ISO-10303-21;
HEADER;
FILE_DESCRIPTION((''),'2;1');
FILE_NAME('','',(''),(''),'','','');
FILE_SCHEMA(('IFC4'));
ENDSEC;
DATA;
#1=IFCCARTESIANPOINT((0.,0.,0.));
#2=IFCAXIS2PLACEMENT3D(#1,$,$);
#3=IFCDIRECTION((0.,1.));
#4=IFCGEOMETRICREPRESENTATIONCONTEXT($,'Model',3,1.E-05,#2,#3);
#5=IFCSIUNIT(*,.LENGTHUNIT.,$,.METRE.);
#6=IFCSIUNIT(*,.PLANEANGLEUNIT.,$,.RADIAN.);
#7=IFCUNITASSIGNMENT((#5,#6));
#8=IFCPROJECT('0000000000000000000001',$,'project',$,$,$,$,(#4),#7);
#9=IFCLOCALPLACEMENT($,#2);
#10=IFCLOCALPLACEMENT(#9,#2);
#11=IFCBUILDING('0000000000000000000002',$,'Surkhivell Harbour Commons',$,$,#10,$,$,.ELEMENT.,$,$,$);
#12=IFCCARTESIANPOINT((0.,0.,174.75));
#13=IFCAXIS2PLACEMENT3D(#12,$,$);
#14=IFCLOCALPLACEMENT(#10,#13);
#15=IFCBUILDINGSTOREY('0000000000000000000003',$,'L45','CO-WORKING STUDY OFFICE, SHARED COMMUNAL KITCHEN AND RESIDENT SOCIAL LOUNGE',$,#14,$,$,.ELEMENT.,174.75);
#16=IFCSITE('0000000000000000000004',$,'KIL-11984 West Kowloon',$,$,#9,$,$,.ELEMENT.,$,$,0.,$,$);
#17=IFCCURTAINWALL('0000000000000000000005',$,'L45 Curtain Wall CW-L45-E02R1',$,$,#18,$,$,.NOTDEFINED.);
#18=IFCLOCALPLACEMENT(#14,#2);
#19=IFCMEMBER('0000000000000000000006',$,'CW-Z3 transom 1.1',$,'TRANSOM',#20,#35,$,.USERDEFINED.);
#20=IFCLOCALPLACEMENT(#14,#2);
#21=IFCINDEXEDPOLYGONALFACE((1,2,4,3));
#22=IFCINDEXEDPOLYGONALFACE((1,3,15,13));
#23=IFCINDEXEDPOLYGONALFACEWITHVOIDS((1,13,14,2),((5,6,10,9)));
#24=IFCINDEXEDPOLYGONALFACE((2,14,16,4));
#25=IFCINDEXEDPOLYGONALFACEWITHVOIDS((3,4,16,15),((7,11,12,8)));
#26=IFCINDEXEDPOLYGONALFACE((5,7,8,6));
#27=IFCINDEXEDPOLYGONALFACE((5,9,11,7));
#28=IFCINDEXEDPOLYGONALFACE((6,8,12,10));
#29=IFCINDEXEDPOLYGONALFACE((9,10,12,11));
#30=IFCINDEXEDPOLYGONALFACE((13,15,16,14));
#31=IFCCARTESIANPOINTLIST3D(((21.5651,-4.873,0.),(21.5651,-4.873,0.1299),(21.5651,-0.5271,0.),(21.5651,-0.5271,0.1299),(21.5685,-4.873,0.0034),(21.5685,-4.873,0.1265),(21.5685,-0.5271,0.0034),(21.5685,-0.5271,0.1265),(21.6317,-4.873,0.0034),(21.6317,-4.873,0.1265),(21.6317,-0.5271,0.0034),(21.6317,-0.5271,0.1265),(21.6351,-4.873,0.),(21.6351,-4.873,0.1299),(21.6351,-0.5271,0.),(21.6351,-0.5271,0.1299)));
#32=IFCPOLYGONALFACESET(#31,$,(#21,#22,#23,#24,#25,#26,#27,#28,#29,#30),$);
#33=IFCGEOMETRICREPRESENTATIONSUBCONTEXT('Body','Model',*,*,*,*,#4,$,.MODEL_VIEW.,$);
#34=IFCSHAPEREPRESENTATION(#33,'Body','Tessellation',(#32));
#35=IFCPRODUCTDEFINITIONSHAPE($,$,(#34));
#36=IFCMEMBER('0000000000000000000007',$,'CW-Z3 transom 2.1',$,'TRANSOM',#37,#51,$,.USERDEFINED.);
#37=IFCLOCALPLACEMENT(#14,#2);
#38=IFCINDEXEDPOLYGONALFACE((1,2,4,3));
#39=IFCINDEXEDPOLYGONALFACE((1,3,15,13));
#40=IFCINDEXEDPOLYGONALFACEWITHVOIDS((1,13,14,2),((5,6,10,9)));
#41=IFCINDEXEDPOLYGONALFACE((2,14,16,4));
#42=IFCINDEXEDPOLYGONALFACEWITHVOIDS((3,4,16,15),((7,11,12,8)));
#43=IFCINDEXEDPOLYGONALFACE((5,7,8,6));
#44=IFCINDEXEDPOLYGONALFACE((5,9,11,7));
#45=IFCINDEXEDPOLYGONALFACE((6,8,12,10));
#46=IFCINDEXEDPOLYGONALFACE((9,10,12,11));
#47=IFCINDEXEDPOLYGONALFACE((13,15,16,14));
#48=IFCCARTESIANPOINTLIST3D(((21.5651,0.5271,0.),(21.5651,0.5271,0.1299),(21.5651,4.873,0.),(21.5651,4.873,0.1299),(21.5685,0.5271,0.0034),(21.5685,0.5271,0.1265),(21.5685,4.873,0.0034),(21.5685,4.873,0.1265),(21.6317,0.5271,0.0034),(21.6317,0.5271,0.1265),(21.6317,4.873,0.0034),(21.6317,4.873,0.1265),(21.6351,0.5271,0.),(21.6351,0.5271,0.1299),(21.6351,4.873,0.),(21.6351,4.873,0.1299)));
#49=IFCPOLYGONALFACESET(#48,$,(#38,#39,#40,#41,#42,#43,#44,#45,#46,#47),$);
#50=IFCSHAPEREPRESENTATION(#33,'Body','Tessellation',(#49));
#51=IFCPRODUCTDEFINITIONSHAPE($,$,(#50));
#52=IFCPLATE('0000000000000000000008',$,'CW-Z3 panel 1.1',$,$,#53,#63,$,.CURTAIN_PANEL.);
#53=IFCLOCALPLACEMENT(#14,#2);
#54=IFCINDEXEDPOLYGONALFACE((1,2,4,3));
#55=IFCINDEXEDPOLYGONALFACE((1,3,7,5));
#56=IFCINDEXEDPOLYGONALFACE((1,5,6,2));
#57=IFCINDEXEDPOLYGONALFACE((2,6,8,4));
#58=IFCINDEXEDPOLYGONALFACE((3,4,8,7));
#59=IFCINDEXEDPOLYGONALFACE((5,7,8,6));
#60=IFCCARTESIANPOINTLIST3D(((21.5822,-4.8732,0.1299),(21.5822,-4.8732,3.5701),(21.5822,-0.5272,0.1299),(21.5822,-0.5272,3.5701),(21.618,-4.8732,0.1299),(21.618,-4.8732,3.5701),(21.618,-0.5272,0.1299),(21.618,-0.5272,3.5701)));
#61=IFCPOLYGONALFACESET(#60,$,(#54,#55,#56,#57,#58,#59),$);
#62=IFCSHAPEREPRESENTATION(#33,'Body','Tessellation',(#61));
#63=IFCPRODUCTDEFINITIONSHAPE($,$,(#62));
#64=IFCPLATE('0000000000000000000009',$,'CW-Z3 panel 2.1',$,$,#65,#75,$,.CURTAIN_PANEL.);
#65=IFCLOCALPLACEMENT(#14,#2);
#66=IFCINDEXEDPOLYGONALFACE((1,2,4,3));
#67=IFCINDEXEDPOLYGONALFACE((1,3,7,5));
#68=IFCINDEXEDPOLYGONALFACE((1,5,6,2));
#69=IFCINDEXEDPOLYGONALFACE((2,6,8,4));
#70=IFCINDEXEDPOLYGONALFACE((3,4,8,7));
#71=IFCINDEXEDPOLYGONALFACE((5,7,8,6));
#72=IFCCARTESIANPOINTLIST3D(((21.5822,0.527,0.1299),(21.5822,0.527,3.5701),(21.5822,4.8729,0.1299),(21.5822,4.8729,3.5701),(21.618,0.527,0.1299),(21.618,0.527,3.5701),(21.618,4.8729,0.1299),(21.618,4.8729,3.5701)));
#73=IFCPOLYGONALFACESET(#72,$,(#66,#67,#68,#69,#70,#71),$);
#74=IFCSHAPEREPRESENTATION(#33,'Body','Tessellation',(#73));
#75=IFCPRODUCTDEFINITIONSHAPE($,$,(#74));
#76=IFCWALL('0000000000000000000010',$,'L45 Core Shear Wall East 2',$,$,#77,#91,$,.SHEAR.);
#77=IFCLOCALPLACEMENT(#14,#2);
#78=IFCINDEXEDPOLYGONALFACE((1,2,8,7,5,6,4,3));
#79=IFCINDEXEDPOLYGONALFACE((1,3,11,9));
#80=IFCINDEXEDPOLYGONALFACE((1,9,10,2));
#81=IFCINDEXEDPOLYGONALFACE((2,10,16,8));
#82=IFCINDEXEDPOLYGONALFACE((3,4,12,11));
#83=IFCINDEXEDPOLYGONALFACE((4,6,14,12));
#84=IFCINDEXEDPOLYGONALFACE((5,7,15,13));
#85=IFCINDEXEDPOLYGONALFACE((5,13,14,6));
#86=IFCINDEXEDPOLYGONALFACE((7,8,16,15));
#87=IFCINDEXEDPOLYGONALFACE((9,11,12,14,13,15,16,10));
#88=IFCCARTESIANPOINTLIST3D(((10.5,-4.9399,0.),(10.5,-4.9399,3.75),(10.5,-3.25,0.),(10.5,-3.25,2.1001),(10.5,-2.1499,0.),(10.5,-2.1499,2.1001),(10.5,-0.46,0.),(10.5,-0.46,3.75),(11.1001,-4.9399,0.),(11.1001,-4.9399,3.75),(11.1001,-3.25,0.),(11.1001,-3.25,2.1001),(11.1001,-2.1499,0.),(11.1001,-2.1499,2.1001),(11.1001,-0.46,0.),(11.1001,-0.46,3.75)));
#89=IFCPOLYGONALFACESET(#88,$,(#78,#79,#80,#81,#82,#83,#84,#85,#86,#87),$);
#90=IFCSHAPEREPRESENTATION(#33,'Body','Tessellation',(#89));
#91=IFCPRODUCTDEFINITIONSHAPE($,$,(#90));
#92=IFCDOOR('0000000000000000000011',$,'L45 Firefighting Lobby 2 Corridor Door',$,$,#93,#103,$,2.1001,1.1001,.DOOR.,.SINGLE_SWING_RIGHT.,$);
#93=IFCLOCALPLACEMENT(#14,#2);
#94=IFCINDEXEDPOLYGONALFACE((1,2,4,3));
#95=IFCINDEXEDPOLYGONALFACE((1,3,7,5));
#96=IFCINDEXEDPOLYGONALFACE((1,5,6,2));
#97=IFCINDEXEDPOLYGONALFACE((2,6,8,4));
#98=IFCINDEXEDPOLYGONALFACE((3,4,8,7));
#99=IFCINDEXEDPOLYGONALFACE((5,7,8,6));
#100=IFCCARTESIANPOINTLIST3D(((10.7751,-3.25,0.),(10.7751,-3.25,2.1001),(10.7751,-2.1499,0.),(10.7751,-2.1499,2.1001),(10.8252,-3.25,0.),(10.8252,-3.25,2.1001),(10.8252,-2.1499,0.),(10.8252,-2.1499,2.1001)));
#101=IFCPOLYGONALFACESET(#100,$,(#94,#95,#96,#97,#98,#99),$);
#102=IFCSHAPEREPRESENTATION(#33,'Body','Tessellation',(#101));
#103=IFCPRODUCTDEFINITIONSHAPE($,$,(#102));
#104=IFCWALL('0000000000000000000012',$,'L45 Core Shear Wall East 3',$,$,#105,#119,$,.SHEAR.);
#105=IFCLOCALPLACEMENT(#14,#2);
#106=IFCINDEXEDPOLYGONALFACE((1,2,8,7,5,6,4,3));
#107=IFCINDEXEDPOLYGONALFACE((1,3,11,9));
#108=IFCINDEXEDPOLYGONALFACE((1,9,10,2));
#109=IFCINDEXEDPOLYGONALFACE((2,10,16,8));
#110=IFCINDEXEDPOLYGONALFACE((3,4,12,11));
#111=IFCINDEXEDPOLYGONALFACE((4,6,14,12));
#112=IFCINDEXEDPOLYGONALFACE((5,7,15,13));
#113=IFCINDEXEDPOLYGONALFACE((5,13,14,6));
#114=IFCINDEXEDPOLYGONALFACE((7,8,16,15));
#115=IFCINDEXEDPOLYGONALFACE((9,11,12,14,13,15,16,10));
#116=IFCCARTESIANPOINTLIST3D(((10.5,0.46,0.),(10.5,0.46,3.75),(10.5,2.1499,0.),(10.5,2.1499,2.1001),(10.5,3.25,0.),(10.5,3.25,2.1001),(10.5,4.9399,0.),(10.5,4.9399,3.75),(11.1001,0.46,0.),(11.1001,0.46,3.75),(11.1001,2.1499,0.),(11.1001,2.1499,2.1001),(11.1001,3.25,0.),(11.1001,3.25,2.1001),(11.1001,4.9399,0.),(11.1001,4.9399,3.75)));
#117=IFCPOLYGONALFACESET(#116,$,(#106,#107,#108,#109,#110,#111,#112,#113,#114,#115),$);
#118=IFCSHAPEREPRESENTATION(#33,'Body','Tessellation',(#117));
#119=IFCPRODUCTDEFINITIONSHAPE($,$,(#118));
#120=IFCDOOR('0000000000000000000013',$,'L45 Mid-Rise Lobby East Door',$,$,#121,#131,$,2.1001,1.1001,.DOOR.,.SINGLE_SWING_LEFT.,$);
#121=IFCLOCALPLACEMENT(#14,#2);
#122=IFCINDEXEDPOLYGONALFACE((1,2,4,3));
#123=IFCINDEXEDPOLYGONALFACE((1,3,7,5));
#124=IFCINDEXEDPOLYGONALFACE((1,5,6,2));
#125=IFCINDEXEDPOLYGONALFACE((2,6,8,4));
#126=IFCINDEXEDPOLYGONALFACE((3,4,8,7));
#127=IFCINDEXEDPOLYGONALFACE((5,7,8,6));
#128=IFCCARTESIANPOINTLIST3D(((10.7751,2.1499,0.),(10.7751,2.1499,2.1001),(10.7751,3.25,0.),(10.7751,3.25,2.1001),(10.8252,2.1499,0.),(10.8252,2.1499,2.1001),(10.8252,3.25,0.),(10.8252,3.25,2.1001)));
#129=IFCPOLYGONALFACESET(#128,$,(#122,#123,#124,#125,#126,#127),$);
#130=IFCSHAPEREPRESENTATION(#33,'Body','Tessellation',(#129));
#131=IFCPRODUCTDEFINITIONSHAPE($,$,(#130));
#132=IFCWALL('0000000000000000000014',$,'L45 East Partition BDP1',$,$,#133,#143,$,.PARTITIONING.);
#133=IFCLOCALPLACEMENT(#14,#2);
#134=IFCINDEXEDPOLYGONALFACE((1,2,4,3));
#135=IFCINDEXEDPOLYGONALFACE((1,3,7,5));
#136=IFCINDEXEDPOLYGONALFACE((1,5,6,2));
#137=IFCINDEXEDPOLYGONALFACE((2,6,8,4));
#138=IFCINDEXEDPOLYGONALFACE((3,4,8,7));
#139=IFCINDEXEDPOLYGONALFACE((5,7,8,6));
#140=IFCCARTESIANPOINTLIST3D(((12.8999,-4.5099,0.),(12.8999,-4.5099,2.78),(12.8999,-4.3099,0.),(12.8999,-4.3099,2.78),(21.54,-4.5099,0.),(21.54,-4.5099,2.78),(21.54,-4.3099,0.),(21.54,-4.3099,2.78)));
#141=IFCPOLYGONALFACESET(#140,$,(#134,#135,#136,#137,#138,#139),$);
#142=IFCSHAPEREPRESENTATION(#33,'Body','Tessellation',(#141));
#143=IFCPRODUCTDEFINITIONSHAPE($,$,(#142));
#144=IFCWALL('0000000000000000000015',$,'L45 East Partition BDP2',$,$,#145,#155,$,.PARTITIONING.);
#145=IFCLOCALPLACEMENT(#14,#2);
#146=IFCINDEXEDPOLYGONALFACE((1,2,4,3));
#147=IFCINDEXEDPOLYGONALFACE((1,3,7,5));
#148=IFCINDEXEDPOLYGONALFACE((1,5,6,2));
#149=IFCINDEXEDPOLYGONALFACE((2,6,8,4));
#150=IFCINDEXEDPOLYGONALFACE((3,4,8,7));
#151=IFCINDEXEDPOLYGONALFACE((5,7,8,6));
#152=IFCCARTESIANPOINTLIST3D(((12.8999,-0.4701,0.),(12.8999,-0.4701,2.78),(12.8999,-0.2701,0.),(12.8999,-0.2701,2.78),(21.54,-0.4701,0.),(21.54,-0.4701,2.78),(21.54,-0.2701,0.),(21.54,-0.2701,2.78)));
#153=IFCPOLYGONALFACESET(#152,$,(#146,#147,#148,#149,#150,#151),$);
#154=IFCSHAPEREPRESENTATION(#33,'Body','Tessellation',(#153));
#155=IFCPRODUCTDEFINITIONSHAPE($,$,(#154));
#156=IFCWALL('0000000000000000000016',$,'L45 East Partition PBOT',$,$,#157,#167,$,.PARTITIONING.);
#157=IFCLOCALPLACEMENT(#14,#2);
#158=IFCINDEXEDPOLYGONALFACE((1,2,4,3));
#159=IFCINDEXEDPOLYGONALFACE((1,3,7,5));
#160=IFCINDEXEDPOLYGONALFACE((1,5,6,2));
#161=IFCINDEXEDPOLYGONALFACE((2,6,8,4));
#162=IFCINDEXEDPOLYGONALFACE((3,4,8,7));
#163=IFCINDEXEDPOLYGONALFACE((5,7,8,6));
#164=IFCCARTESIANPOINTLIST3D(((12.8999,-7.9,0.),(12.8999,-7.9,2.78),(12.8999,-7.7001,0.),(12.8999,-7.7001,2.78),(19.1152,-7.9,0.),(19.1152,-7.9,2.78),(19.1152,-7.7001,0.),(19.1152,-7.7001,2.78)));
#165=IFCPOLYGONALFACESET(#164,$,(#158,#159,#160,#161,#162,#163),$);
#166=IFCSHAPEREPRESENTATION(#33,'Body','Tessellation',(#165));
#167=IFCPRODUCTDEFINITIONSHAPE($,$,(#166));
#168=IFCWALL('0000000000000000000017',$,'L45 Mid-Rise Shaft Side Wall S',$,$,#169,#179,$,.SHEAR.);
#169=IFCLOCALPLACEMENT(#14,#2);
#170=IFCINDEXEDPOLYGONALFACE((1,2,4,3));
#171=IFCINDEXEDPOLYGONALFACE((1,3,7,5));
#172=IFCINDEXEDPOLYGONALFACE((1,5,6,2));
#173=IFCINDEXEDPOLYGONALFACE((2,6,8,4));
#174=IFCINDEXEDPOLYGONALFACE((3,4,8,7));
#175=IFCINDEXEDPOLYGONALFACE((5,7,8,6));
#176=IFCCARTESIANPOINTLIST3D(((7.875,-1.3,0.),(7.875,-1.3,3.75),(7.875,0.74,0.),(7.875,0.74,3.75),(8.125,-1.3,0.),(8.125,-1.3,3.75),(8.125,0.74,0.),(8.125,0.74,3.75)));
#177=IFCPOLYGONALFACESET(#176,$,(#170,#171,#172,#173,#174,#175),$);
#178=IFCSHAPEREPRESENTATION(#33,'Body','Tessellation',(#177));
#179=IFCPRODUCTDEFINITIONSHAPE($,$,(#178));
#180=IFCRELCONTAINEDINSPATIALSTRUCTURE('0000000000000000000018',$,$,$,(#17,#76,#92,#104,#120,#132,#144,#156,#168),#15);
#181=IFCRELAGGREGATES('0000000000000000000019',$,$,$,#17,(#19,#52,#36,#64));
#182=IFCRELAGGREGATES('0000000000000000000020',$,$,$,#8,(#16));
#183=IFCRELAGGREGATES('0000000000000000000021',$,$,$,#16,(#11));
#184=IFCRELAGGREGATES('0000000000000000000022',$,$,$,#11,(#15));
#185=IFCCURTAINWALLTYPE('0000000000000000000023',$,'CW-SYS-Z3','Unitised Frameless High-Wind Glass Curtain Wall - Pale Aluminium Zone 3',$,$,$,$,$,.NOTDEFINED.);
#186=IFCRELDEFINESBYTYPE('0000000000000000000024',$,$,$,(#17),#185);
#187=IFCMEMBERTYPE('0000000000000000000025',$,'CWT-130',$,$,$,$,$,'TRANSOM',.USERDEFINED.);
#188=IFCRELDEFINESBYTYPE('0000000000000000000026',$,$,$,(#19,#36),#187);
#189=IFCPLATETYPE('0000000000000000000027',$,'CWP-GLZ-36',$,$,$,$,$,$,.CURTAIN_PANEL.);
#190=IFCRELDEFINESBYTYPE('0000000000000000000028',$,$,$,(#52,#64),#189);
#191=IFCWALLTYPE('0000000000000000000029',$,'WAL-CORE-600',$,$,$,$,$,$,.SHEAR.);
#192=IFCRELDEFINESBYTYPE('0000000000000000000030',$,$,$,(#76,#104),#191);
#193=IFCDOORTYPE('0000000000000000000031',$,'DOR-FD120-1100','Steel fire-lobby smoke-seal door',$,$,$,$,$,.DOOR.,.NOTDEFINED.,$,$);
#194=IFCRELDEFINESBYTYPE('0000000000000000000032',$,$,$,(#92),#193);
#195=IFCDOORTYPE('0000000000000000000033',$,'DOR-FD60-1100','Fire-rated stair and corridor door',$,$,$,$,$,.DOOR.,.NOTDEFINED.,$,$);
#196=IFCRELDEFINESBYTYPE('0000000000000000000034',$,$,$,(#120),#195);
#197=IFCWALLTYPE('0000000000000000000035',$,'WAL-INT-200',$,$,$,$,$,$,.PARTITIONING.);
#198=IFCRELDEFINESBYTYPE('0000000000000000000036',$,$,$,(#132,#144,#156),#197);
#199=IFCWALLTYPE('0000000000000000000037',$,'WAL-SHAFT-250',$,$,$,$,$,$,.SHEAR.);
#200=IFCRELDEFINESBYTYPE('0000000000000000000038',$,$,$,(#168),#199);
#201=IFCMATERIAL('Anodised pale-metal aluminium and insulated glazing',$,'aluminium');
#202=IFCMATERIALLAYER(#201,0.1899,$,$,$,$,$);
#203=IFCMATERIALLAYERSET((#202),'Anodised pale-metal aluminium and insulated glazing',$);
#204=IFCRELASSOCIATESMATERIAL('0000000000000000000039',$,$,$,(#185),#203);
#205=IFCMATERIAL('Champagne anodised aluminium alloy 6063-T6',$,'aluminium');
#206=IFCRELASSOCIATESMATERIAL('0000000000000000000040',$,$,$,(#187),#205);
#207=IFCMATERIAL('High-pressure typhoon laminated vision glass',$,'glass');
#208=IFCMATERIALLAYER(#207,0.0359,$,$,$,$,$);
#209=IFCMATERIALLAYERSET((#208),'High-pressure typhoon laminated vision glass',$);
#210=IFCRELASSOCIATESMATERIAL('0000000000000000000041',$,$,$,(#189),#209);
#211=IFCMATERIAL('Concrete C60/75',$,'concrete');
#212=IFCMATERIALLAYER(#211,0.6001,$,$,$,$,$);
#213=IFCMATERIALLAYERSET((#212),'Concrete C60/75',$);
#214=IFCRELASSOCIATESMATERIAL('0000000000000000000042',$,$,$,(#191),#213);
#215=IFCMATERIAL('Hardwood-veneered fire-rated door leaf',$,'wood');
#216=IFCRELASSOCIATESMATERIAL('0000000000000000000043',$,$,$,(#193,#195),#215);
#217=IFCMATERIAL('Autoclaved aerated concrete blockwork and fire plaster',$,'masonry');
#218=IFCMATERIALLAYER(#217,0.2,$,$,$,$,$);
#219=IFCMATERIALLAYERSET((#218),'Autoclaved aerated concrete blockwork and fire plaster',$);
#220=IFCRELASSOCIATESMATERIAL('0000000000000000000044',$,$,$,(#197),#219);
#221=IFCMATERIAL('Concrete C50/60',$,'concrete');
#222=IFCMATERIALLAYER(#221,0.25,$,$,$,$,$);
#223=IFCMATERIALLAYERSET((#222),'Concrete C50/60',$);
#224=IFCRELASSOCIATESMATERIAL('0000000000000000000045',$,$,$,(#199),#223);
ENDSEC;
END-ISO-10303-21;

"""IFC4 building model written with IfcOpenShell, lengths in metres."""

from ifc_helpers import new_model, si_unit, direction, frame, frame_2d, origin, origin_2d, place, context, subcontext, project, spatial, rectangle, hollow_rectangle, extrude, material, layer, layer_set, material_profile, profile_set, type_object, element, fill, aggregate, save


model = new_model("IFC4")

# Units and contexts
model_context = context("Model", 3, precision=1e-05, world=origin(), true_north=direction((0.0, 1.0)))
body_context = subcontext(model_context, "Body", "Model", "MODEL_VIEW")
ifc_project = project(units=[si_unit("LENGTHUNIT", "METRE"), si_unit("PLANEANGLEUNIT", "RADIAN")], contexts=[model_context])

# Site, building, storey
site_placement = place(None, origin())
site = spatial("IfcSite", under=ifc_project, at=site_placement, Name="KIL-11984 West Kowloon", CompositionType="ELEMENT", RefElevation=0.0)
building_placement = place(site_placement, origin())
building = spatial("IfcBuilding", under=site, at=building_placement, Name="Surkhivell Harbour Commons", CompositionType="ELEMENT")
storey_placement = place(building_placement, frame((0.0, 0.0, 174.75)))
storey = spatial("IfcBuildingStorey", under=building, at=storey_placement, Name="L45", Description="CO-WORKING STUDY OFFICE, SHARED COMMUNAL KITCHEN AND RESIDENT SOCIAL LOUNGE", CompositionType="ELEMENT", Elevation=174.75)

# Shared definitions
ifc_material_1 = material(Name="Concrete C60/75", Category="concrete")

# Shared definitions
ifc_material_2 = material(Name="Anodised pale-metal aluminium and insulated glazing", Category="aluminium")
ifc_layer_1 = layer(ifc_material_2, 0.1899)
ifc_layer_set_1 = layer_set([ifc_layer_1], Name="Anodised pale-metal aluminium and insulated glazing")
curtain_wall_type = type_object("IfcCurtainWallType", Name="CW-SYS-Z3", Description="Unitised Frameless High-Wind Glass Curtain Wall - Pale Aluminium Zone 3", PredefinedType="NOTDEFINED", material=ifc_layer_set_1)

# Curtain wall, members, plates
curtain_wall_1_placement = place(storey_placement, origin())
curtain_wall_1 = element("IfcCurtainWall", 1, at=curtain_wall_1_placement, inside=storey, type_object=curtain_wall_type, Name="L45 Curtain Wall CW-L45-E02R1", PredefinedType="NOTDEFINED")
ifc_material_3 = material(Name="Champagne anodised aluminium alloy 6063-T6", Category="aluminium")
ifc_material_profile_1 = material_profile(ifc_material_3, hollow_rectangle(XDim=0.0701, YDim=0.1299, WallThickness=0.0034, at=origin_2d()), Name="ALU-TRAN-70x130")
ifc_profile_set_1 = profile_set([ifc_material_profile_1], Name="Champagne anodised aluminium alloy 6063-T6")
member_type_1 = type_object("IfcMemberType", Name="CWT-130", ElementType="TRANSOM", PredefinedType="USERDEFINED", material=ifc_profile_set_1)
member_1_placement = place(storey_placement, frame((21.6001, -4.873, 0.0649), z_axis=(0.0, 1.0, 0.0), x_axis=(-1.0, 0.0, 0.0)))
member_1 = element("IfcMember", 2, at=member_1_placement, type_object=member_type_1, Name="CW-Z3 transom 1.1", ObjectType="TRANSOM", PredefinedType="USERDEFINED", context=body_context, shape_type="SweptSolid", body=[
    extrude(hollow_rectangle(XDim=0.0701, YDim=0.1299, WallThickness=0.0034, at=origin_2d()), origin(), (0.0, 0.0, 1.0), 4.3459),
])
member_2_placement = place(storey_placement, frame((21.6001, 0.5271, 0.0649), z_axis=(0.0, 1.0, 0.0), x_axis=(-1.0, 0.0, 0.0)))
member_2 = element("IfcMember", 3, at=member_2_placement, type_object=member_type_1, Name="CW-Z3 transom 2.1", ObjectType="TRANSOM", PredefinedType="USERDEFINED", context=body_context, shape_type="SweptSolid", body=[
    extrude(hollow_rectangle(XDim=0.0701, YDim=0.1299, WallThickness=0.0034, at=origin_2d()), origin(), (0.0, 0.0, 1.0), 4.3459),
])
ifc_material_4 = material(Name="High-pressure typhoon laminated vision glass", Category="glass")
ifc_layer_2 = layer(ifc_material_4, 0.0359)
ifc_layer_set_2 = layer_set([ifc_layer_2], Name="High-pressure typhoon laminated vision glass")
plate_type = type_object("IfcPlateType", Name="CWP-GLZ-36", PredefinedType="CURTAIN_PANEL", material=ifc_layer_set_2)
plate_1_placement = place(storey_placement, frame((21.6001, -4.873, 0.1299), z_axis=(0.0, 0.0, 1.0), x_axis=(0.0, 1.0, 0.0)))
plate_1 = element("IfcPlate", 4, at=plate_1_placement, type_object=plate_type, Name="CW-Z3 panel 1.1", PredefinedType="CURTAIN_PANEL", context=body_context, shape_type="SweptSolid", body=[
    extrude(rectangle(XDim=4.3459, YDim=0.0359, at=frame_2d((2.1729, 0.0))), origin(), (0.0, 0.0, 1.0), 3.4402),
])
plate_2_placement = place(storey_placement, frame((21.6001, 0.5271, 0.1299), z_axis=(0.0, 0.0, 1.0), x_axis=(0.0, 1.0, 0.0)))
plate_2 = element("IfcPlate", 5, at=plate_2_placement, type_object=plate_type, Name="CW-Z3 panel 2.1", PredefinedType="CURTAIN_PANEL", context=body_context, shape_type="SweptSolid", body=[
    extrude(rectangle(XDim=4.3459, YDim=0.0359, at=frame_2d((2.1729, 0.0))), origin(), (0.0, 0.0, 1.0), 3.4402),
])
aggregate(curtain_wall_1, [member_1, plate_1, member_2, plate_2])

# Walls, openings, doors
ifc_layer_3 = layer(ifc_material_1, 0.6001)
ifc_layer_set_3 = layer_set([ifc_layer_3], Name="Concrete C60/75")
wall_type_1 = type_object("IfcWallType", Name="WAL-CORE-600", PredefinedType="SHEAR", material=ifc_layer_set_3)
wall_1_placement = place(storey_placement, frame((10.8, -4.9399, 0.0), z_axis=(0.0, 0.0, 1.0), x_axis=(0.0, 1.0, 0.0)))
wall_1 = element("IfcWall", 6, at=wall_1_placement, inside=storey, type_object=wall_type_1, Name="L45 Core Shear Wall East 2", PredefinedType="SHEAR", context=body_context, shape_type="SweptSolid", body=[
    extrude(rectangle(XDim=4.48, YDim=0.6001, at=frame_2d((2.24, 0.0))), origin(), (0.0, 0.0, 1.0), 3.75),
])
opening_1_placement = place(wall_1_placement, frame((1.6899, 0.0, 0.0)))
opening_1 = element("IfcOpeningElement", 7, at=opening_1_placement, cuts=wall_1, PredefinedType="OPENING", context=body_context, shape_type="SweptSolid", body=[
    extrude(rectangle(XDim=1.1001, YDim=2.1001, at=frame_2d((0.55, 1.05))), frame((0.0, 0.3101, 0.0), z_axis=(0.0, -1.0, 0.0), x_axis=(1.0, 0.0, 0.0)), (0.0, 0.0, 1.0), 0.6201),
])
ifc_material_5 = material(Name="Hardwood-veneered fire-rated door leaf", Category="wood")
door_type_1 = type_object("IfcDoorType", Name="DOR-FD120-1100", Description="Steel fire-lobby smoke-seal door", OperationType="NOTDEFINED", PredefinedType="DOOR", material=ifc_material_5)
door_1_placement = place(opening_1_placement, origin())
door_1 = element("IfcDoor", 8, at=door_1_placement, inside=storey, type_object=door_type_1, Name="L45 Firefighting Lobby 2 Corridor Door", OperationType="SINGLE_SWING_RIGHT", OverallHeight=2.1001, OverallWidth=1.1001, PredefinedType="DOOR", context=body_context, shape_type="SweptSolid", body=[
    extrude(rectangle(XDim=1.1001, YDim=2.1001, at=frame_2d((0.55, 1.05))), frame((0.0, 0.0249, 0.0), z_axis=(0.0, -1.0, 0.0), x_axis=(1.0, 0.0, 0.0)), (0.0, 0.0, 1.0), 0.05),
])
fill(opening_1, door_1)
wall_2_placement = place(storey_placement, frame((10.8, 0.46, 0.0), z_axis=(0.0, 0.0, 1.0), x_axis=(0.0, 1.0, 0.0)))
wall_2 = element("IfcWall", 9, at=wall_2_placement, inside=storey, type_object=wall_type_1, Name="L45 Core Shear Wall East 3", PredefinedType="SHEAR", context=body_context, shape_type="SweptSolid", body=[
    extrude(rectangle(XDim=4.48, YDim=0.6001, at=frame_2d((2.24, 0.0))), origin(), (0.0, 0.0, 1.0), 3.75),
])
opening_2_placement = place(wall_2_placement, frame((1.6899, 0.0, 0.0)))
opening_2 = element("IfcOpeningElement", 10, at=opening_2_placement, cuts=wall_2, PredefinedType="OPENING", context=body_context, shape_type="SweptSolid", body=[
    extrude(rectangle(XDim=1.1001, YDim=2.1001, at=frame_2d((0.55, 1.05))), frame((0.0, 0.3101, 0.0), z_axis=(0.0, -1.0, 0.0), x_axis=(1.0, 0.0, 0.0)), (0.0, 0.0, 1.0), 0.6201),
])
door_type_2 = type_object("IfcDoorType", Name="DOR-FD60-1100", Description="Fire-rated stair and corridor door", OperationType="NOTDEFINED", PredefinedType="DOOR", material=ifc_material_5)
door_2_placement = place(opening_2_placement, origin())
door_2 = element("IfcDoor", 11, at=door_2_placement, inside=storey, type_object=door_type_2, Name="L45 Mid-Rise Lobby East Door", OperationType="SINGLE_SWING_LEFT", OverallHeight=2.1001, OverallWidth=1.1001, PredefinedType="DOOR", context=body_context, shape_type="SweptSolid", body=[
    extrude(rectangle(XDim=1.1001, YDim=2.1001, at=frame_2d((0.55, 1.05))), frame((0.0, 0.0249, 0.0), z_axis=(0.0, -1.0, 0.0), x_axis=(1.0, 0.0, 0.0)), (0.0, 0.0, 1.0), 0.05),
])
fill(opening_2, door_2)

# Walls
ifc_material_6 = material(Name="Autoclaved aerated concrete blockwork and fire plaster", Category="masonry")
ifc_layer_4 = layer(ifc_material_6, 0.2)
ifc_layer_set_4 = layer_set([ifc_layer_4], Name="Autoclaved aerated concrete blockwork and fire plaster")
wall_type_2 = type_object("IfcWallType", Name="WAL-INT-200", PredefinedType="PARTITIONING", material=ifc_layer_set_4)
for number, where, z_axis, x_axis, name in (
    (12, (12.8999, -4.4099, 0.0), (0.0, 0.0, 1.0), (1.0, 0.0, 0.0), "L45 East Partition BDP1"),
    (13, (12.8999, -0.3701, 0.0), (0.0, 0.0, 1.0), (1.0, 0.0, 0.0), "L45 East Partition BDP2"),
):
    element("IfcWall", number, at=place(storey_placement, frame(where, z_axis=z_axis, x_axis=x_axis)), inside=storey, type_object=wall_type_2, Name=name, PredefinedType="PARTITIONING", context=body_context, shape_type="SweptSolid", body=[
        extrude(rectangle(XDim=8.6401, YDim=0.2, at=frame_2d((4.3201, 0.0))), origin(), (0.0, 0.0, 1.0), 2.78),
    ])
wall_3_placement = place(storey_placement, frame((12.8999, -7.8, 0.0), z_axis=(0.0, 0.0, 1.0), x_axis=(1.0, 0.0, 0.0)))
element("IfcWall", 14, at=wall_3_placement, inside=storey, type_object=wall_type_2, Name="L45 East Partition PBOT", PredefinedType="PARTITIONING", context=body_context, shape_type="SweptSolid", body=[
    extrude(rectangle(XDim=6.2153, YDim=0.2, at=frame_2d((3.1077, 0.0))), origin(), (0.0, 0.0, 1.0), 2.78),
])
ifc_material_7 = material(Name="Concrete C50/60", Category="concrete")
ifc_layer_5 = layer(ifc_material_7, 0.25)
ifc_layer_set_5 = layer_set([ifc_layer_5], Name="Concrete C50/60")
wall_type_3 = type_object("IfcWallType", Name="WAL-SHAFT-250", PredefinedType="SHEAR", material=ifc_layer_set_5)
wall_4_placement = place(storey_placement, frame((8.0, -1.3, 0.0), z_axis=(0.0, 0.0, 1.0), x_axis=(0.0, 1.0, 0.0)))
element("IfcWall", 15, at=wall_4_placement, inside=storey, type_object=wall_type_3, Name="L45 Mid-Rise Shaft Side Wall S", PredefinedType="SHEAR", context=body_context, shape_type="SweptSolid", body=[
    extrude(rectangle(XDim=2.04, YDim=0.25, at=frame_2d((1.02, 0.0))), origin(), (0.0, 0.0, 1.0), 3.75),
])

save(model, "model.ifc")
